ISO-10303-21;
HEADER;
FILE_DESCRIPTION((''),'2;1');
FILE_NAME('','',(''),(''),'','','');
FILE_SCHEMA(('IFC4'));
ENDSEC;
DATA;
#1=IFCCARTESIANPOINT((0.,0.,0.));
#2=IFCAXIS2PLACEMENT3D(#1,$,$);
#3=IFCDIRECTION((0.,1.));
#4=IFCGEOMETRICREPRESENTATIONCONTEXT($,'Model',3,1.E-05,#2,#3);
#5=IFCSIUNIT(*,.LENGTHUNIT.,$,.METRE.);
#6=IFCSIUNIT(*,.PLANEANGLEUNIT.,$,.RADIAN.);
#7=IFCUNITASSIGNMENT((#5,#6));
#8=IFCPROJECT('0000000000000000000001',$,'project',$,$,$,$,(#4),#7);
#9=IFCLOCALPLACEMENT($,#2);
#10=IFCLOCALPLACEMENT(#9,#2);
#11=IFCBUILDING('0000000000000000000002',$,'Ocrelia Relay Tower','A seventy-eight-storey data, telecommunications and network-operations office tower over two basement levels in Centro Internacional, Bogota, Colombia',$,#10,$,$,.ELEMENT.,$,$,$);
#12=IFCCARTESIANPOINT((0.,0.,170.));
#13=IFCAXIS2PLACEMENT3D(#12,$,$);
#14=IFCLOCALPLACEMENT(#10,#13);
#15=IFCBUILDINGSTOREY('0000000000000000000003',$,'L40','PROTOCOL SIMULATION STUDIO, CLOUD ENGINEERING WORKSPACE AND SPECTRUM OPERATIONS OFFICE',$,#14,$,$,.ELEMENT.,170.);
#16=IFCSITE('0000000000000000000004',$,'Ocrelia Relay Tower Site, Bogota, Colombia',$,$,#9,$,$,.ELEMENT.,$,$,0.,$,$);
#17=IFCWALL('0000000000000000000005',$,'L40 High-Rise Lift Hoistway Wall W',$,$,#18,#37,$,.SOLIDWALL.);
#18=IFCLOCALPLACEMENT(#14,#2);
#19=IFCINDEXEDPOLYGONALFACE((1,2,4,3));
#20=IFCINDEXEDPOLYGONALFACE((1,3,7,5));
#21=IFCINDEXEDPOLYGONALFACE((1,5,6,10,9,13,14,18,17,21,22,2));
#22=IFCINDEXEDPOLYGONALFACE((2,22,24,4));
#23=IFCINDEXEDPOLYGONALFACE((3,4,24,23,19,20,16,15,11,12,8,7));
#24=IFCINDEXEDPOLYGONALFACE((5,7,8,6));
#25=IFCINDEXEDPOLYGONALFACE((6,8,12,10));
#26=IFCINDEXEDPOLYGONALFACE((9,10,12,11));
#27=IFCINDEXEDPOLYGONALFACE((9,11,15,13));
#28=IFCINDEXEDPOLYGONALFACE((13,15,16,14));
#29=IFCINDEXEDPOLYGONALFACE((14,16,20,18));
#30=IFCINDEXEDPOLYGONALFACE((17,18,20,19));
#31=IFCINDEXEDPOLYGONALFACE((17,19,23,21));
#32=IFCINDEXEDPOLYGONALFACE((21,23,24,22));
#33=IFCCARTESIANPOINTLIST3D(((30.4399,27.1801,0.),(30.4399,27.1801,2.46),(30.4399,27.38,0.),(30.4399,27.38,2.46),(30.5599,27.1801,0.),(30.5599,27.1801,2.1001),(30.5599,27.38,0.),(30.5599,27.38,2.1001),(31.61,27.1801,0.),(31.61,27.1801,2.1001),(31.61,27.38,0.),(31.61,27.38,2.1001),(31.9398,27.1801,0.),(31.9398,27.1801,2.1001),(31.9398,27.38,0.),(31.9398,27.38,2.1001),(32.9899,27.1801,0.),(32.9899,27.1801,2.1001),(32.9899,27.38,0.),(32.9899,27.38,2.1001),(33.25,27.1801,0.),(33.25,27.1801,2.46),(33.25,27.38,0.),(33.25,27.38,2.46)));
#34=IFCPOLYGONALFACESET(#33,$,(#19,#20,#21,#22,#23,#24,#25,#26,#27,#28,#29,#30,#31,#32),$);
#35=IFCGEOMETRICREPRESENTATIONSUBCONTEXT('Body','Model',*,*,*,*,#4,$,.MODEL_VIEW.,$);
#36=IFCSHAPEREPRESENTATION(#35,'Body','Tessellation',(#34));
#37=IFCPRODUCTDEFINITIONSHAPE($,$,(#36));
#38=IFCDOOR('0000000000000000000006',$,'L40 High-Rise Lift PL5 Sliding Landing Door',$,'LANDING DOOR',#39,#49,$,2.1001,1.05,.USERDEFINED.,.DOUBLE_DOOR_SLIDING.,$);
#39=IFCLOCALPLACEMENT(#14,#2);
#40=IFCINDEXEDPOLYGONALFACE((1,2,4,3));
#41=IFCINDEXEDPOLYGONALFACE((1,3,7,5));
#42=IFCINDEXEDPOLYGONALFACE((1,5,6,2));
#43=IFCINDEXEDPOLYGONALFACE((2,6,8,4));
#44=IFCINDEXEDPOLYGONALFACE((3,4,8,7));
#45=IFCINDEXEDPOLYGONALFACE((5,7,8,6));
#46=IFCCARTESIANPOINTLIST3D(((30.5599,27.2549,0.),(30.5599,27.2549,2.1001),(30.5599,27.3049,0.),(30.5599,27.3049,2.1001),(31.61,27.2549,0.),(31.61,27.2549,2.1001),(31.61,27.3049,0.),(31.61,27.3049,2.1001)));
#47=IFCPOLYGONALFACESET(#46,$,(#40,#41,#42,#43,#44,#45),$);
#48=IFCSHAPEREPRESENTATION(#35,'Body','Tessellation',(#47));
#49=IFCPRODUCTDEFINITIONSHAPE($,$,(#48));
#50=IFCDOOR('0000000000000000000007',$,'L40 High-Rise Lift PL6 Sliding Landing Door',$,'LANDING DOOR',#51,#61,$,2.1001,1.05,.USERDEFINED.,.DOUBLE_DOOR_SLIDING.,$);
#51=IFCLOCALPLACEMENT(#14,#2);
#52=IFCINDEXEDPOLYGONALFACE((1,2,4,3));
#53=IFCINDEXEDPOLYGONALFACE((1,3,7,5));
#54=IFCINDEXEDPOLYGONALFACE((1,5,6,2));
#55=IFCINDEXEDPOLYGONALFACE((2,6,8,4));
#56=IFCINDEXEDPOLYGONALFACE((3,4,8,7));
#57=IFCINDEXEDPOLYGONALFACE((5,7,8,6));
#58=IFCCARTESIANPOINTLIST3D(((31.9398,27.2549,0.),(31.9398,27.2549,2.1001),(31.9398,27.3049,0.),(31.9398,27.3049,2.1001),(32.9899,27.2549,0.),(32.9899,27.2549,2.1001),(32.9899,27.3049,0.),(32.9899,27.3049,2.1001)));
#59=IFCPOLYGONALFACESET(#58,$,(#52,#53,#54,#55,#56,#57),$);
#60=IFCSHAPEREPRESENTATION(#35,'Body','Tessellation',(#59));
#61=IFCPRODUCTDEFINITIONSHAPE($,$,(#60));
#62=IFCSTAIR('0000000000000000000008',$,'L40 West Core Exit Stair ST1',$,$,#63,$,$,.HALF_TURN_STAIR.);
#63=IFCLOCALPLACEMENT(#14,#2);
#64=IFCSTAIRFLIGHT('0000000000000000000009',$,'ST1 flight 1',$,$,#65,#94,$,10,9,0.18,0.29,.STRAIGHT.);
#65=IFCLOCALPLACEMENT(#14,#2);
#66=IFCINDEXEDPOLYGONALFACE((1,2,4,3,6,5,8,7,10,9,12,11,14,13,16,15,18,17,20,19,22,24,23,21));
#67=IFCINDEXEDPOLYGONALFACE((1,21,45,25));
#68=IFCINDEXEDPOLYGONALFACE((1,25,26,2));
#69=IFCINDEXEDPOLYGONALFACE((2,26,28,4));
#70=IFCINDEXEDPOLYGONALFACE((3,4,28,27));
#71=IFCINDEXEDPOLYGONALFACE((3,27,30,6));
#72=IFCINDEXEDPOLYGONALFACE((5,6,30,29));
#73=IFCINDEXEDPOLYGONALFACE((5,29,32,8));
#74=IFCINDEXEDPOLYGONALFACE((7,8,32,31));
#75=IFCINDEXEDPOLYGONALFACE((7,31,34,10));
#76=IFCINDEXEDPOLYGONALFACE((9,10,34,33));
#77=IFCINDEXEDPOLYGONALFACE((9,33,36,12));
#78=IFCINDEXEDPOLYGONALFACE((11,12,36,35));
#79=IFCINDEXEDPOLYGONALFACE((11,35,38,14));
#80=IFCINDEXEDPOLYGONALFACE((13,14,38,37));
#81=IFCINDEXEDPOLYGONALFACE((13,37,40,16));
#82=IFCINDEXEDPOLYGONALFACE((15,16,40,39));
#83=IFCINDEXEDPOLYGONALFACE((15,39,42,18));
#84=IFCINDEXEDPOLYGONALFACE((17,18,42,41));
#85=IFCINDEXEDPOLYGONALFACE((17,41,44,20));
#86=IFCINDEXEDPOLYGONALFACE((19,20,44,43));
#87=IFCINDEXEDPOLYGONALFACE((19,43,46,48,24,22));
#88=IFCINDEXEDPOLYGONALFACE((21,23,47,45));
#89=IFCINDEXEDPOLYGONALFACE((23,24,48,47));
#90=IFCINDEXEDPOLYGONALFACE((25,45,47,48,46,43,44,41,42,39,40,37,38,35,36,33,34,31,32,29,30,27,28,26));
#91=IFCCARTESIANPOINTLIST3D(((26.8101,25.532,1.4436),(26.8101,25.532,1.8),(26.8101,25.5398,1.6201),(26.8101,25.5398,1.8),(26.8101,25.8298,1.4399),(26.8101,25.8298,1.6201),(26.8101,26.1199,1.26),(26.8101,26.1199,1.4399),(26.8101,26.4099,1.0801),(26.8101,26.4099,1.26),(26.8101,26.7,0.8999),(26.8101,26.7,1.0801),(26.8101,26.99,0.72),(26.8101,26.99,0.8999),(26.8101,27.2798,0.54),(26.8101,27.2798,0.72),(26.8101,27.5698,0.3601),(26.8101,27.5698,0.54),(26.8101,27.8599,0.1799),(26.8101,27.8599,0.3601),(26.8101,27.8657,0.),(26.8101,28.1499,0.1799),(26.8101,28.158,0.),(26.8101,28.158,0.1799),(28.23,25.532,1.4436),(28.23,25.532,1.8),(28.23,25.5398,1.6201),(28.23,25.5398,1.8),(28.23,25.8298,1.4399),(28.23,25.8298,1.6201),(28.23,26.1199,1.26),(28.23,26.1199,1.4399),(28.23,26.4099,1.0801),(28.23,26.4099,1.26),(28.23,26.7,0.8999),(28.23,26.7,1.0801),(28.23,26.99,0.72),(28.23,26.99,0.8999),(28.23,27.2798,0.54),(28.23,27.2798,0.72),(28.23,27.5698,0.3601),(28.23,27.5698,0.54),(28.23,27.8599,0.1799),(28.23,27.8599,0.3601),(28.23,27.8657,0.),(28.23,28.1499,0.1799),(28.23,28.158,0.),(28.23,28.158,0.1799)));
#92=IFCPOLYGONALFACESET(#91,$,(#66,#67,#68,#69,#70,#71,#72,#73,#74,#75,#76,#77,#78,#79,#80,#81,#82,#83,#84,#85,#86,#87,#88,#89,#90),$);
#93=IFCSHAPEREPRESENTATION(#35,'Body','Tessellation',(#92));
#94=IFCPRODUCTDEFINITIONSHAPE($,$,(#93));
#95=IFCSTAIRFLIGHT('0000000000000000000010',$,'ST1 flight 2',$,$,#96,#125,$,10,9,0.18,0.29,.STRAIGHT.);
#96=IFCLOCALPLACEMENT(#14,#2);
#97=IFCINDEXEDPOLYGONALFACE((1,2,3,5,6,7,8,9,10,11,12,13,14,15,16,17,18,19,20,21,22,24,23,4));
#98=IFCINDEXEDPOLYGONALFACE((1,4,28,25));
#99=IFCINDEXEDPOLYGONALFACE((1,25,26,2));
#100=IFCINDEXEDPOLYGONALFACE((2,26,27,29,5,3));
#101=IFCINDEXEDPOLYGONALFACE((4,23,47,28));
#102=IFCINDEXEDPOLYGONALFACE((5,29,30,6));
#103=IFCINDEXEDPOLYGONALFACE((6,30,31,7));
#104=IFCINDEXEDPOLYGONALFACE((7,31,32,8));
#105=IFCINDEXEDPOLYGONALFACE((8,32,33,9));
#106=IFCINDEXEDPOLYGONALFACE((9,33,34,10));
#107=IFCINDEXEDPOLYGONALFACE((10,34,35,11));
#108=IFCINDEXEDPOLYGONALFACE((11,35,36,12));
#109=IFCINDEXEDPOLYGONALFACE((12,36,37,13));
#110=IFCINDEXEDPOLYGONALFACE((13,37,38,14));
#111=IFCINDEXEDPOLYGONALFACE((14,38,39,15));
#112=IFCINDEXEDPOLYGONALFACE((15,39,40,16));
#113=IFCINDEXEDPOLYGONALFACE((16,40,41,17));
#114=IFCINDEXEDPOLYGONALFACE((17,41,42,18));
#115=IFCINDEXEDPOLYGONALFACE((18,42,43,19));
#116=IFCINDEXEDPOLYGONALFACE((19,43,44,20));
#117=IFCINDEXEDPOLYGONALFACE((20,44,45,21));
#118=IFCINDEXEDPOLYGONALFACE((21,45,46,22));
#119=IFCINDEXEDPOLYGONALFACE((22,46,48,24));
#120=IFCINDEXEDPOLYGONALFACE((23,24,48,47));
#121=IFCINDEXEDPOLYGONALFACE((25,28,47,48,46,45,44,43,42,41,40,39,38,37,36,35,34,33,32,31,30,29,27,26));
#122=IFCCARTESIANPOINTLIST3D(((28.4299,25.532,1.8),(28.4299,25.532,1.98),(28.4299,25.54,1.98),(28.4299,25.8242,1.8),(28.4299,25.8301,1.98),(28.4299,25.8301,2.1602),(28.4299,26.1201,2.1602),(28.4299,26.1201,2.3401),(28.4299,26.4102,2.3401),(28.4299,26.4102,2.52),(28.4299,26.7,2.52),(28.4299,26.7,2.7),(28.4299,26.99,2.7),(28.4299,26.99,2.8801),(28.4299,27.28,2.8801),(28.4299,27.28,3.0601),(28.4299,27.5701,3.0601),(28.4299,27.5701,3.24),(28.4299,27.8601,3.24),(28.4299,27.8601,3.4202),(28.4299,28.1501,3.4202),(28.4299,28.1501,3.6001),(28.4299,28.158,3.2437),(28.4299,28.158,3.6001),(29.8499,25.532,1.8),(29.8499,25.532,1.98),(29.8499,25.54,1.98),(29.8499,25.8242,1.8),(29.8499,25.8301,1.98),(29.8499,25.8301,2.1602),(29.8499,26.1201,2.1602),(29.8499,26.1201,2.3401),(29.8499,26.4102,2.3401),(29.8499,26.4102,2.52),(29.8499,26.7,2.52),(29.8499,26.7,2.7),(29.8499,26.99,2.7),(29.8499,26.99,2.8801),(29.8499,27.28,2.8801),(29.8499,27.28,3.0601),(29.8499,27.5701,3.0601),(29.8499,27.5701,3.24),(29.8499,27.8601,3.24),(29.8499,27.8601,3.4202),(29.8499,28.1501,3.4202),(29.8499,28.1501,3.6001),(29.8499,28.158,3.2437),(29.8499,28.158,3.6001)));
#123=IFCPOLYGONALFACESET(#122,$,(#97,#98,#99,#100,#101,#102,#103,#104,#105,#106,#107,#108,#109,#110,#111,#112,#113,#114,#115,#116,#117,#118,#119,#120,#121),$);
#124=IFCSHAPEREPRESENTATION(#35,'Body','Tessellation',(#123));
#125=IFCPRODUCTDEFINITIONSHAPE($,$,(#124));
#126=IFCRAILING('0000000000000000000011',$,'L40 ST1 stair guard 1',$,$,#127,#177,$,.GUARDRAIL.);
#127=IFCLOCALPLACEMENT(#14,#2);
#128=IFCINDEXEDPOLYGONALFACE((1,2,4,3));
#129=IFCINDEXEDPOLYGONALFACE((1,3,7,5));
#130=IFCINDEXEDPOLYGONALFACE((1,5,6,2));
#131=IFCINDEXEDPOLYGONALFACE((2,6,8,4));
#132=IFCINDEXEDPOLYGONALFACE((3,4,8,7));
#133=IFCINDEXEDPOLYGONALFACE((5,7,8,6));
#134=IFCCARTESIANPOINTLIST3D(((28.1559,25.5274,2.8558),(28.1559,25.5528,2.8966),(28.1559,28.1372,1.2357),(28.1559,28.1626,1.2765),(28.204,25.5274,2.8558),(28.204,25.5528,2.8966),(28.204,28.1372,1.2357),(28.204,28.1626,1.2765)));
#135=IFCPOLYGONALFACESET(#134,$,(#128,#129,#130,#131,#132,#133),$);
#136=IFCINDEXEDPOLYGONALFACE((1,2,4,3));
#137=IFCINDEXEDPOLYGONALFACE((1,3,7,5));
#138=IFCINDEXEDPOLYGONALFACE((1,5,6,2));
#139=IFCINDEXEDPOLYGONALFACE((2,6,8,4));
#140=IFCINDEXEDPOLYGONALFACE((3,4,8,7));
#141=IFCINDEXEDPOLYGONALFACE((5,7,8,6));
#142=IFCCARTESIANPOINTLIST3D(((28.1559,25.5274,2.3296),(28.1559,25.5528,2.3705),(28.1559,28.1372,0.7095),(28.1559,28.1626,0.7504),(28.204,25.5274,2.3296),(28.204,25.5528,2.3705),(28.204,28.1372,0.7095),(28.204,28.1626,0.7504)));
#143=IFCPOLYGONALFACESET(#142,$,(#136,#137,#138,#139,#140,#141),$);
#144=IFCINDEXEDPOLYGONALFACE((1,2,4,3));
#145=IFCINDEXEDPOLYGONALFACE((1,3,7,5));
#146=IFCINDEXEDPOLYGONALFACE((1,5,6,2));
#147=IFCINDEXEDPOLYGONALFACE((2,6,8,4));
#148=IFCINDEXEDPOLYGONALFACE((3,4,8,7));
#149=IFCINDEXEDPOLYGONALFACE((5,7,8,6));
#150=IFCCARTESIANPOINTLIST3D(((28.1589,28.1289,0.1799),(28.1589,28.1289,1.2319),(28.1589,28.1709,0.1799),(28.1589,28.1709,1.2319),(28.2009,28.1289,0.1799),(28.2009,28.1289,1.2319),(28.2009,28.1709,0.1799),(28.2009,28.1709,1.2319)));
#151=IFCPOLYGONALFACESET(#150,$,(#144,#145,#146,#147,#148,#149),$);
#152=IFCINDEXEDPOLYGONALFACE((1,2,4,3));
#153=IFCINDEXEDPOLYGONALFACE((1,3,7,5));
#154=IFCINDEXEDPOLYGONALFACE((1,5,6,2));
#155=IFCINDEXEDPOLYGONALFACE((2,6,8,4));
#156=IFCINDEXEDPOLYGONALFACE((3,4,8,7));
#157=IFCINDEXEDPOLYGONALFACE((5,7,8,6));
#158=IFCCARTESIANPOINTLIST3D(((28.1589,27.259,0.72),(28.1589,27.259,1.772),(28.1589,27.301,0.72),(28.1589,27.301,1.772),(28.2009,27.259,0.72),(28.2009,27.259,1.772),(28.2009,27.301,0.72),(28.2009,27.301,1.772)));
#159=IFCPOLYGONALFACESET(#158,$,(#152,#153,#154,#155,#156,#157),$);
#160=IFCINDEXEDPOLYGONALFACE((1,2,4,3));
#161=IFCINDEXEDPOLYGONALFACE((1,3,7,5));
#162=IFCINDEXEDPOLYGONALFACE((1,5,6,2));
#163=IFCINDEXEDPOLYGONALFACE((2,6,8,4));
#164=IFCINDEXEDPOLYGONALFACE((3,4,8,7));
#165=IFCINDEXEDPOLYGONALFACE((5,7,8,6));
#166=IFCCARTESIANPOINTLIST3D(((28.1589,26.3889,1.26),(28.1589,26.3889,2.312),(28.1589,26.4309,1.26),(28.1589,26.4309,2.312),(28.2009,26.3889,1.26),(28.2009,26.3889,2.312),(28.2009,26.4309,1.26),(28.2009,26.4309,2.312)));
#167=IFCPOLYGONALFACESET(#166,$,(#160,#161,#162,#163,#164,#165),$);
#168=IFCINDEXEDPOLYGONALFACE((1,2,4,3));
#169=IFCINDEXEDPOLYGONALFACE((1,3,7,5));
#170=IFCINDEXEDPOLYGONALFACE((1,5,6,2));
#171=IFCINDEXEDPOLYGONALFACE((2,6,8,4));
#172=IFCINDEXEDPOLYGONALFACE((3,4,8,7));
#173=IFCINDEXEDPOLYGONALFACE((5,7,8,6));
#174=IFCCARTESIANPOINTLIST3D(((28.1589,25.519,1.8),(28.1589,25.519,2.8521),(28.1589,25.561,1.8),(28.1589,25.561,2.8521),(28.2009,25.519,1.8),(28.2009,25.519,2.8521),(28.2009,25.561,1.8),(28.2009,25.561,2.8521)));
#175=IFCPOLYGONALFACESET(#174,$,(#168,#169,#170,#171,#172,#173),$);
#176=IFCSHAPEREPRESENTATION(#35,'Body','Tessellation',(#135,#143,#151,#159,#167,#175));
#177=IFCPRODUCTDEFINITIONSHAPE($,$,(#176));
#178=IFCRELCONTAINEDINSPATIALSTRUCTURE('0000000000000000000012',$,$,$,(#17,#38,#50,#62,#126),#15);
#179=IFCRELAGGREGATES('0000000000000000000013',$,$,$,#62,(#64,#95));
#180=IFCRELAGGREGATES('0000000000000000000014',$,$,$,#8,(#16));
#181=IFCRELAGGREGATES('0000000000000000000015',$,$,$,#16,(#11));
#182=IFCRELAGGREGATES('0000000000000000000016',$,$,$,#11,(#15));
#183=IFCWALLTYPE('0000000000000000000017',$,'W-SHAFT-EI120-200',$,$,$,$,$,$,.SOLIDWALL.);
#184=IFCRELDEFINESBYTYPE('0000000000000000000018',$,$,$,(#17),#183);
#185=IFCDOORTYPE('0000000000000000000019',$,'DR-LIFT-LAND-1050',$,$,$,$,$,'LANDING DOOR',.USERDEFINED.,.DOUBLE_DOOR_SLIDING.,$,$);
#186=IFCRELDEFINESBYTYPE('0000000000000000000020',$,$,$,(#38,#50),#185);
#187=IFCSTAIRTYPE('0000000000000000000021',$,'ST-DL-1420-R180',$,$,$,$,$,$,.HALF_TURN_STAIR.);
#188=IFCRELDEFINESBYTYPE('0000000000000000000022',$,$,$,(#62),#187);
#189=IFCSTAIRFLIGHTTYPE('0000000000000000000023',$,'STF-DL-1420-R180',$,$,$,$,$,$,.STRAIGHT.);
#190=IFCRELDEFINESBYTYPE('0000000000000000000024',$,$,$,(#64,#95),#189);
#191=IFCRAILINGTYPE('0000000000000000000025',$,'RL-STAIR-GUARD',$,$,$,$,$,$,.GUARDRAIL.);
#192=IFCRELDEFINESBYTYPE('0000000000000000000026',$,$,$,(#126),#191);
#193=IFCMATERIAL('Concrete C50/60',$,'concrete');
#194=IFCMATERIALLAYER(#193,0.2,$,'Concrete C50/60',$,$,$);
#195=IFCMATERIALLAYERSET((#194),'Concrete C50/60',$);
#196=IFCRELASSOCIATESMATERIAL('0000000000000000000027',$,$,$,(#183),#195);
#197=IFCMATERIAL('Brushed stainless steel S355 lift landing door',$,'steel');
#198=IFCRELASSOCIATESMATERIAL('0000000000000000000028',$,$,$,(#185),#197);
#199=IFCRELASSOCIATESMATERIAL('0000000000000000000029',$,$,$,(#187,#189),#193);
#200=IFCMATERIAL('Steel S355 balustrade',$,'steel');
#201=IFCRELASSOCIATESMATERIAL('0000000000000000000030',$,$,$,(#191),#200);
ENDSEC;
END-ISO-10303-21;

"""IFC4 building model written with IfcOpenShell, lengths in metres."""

from ifc_helpers import new_model, si_unit, direction, frame, frame_2d, origin, origin_2d, place, context, subcontext, project, spatial, polyline, rectangle, outline, extrude, material, layer, layer_set, type_object, element, fill, aggregate, save


model = new_model("IFC4")

# Units and contexts
model_context = context("Model", 3, precision=1e-05, world=origin(), true_north=direction((0.0, 1.0)))
body_context = subcontext(model_context, "Body", "Model", "MODEL_VIEW")
ifc_project = project(units=[si_unit("LENGTHUNIT", "METRE"), si_unit("PLANEANGLEUNIT", "RADIAN")], contexts=[model_context])

# Site, building, storey
site_placement = place(None, origin())
site = spatial("IfcSite", under=ifc_project, at=site_placement, Name="Ocrelia Relay Tower Site, Bogota, Colombia", CompositionType="ELEMENT", RefElevation=0.0)
building_placement = place(site_placement, origin())
building = spatial("IfcBuilding", under=site, at=building_placement, Name="Ocrelia Relay Tower", Description="A seventy-eight-storey data, telecommunications and network-operations office tower over two basement levels in Centro Internacional, Bogota, Colombia", CompositionType="ELEMENT")
storey_placement = place(building_placement, frame((0.0, 0.0, 170.0)))
storey = spatial("IfcBuildingStorey", under=building, at=storey_placement, Name="L40", Description="PROTOCOL SIMULATION STUDIO, CLOUD ENGINEERING WORKSPACE AND SPECTRUM OPERATIONS OFFICE", CompositionType="ELEMENT", Elevation=170.0)

# Wall, openings, doors
ifc_material_1 = material(Name="Concrete C50/60", Category="concrete")
ifc_layer_1 = layer(ifc_material_1, 0.2, Name="Concrete C50/60")
ifc_layer_set_1 = layer_set([ifc_layer_1], Name="Concrete C50/60")
wall_type_1 = type_object("IfcWallType", Name="W-SHAFT-EI120-200", PredefinedType="SOLIDWALL", material=ifc_layer_set_1)
wall_1_placement = place(storey_placement, frame((30.4399, 27.28, 0.0), z_axis=(0.0, 0.0, 1.0), x_axis=(1.0, 0.0, 0.0)))
wall_1 = element("IfcWall", 1, at=wall_1_placement, inside=storey, type_object=wall_type_1, Name="L40 High-Rise Lift Hoistway Wall W", PredefinedType="SOLIDWALL", context=body_context, shape_type="SweptSolid", body=[
    extrude(rectangle(XDim=2.8101, YDim=0.2, at=frame_2d((1.405, 0.0))), origin(), (0.0, 0.0, 1.0), 2.46),
])
opening_1_placement = place(wall_1_placement, frame((0.1201, 0.0, 0.0)))
opening_1 = element("IfcOpeningElement", 2, at=opening_1_placement, cuts=wall_1, PredefinedType="OPENING", context=body_context, shape_type="SweptSolid", body=[
    extrude(rectangle(XDim=1.05, YDim=2.1001, at=frame_2d((0.5249, 1.05))), frame((0.0, 0.1099, 0.0), z_axis=(0.0, -1.0, 0.0), x_axis=(1.0, 0.0, 0.0)), (0.0, 0.0, 1.0), 0.22),
])
opening_2_placement = place(wall_1_placement, frame((1.5, 0.0, 0.0)))
opening_2 = element("IfcOpeningElement", 3, at=opening_2_placement, cuts=wall_1, PredefinedType="OPENING", context=body_context, shape_type="SweptSolid", body=[
    extrude(rectangle(XDim=1.05, YDim=2.1001, at=frame_2d((0.5249, 1.05))), frame((0.0, 0.1099, 0.0), z_axis=(0.0, -1.0, 0.0), x_axis=(1.0, 0.0, 0.0)), (0.0, 0.0, 1.0), 0.22),
])
ifc_material_2 = material(Name="Brushed stainless steel S355 lift landing door", Category="steel")
door_type_1 = type_object("IfcDoorType", Name="DR-LIFT-LAND-1050", ElementType="LANDING DOOR", OperationType="DOUBLE_DOOR_SLIDING", PredefinedType="USERDEFINED", material=ifc_material_2)
door_1_placement = place(opening_1_placement, origin())
door_1 = element("IfcDoor", 4, at=door_1_placement, inside=storey, type_object=door_type_1, Name="L40 High-Rise Lift PL5 Sliding Landing Door", ObjectType="LANDING DOOR", OperationType="DOUBLE_DOOR_SLIDING", OverallHeight=2.1001, OverallWidth=1.05, PredefinedType="USERDEFINED", context=body_context, shape_type="SweptSolid", body=[
    extrude(rectangle(XDim=1.05, YDim=2.1001, at=frame_2d((0.5249, 1.05))), frame((0.0, 0.0249, 0.0), z_axis=(0.0, -1.0, 0.0), x_axis=(1.0, 0.0, 0.0)), (0.0, 0.0, 1.0), 0.05),
])
fill(opening_1, door_1)
door_2_placement = place(opening_2_placement, origin())
door_2 = element("IfcDoor", 5, at=door_2_placement, inside=storey, type_object=door_type_1, Name="L40 High-Rise Lift PL6 Sliding Landing Door", ObjectType="LANDING DOOR", OperationType="DOUBLE_DOOR_SLIDING", OverallHeight=2.1001, OverallWidth=1.05, PredefinedType="USERDEFINED", context=body_context, shape_type="SweptSolid", body=[
    extrude(rectangle(XDim=1.05, YDim=2.1001, at=frame_2d((0.5249, 1.05))), frame((0.0, 0.0249, 0.0), z_axis=(0.0, -1.0, 0.0), x_axis=(1.0, 0.0, 0.0)), (0.0, 0.0, 1.0), 0.05),
])
fill(opening_2, door_2)

# Stair, stair flights
stair_type = type_object("IfcStairType", Name="ST-DL-1420-R180", PredefinedType="HALF_TURN_STAIR", material=ifc_material_1)
stair_placement = place(storey_placement, origin())
stair = element("IfcStair", 6, at=stair_placement, inside=storey, type_object=stair_type, Name="L40 West Core Exit Stair ST1", PredefinedType="HALF_TURN_STAIR")
stair_flight_type = type_object("IfcStairFlightType", Name="STF-DL-1420-R180", PredefinedType="STRAIGHT", material=ifc_material_1)
stair_flight_1_placement = place(storey_placement, frame((27.52, 28.1499, 0.0), z_axis=(0.0, 0.0, 1.0), x_axis=(0.0, -1.0, 0.0)))
stair_flight_1 = element("IfcStairFlight", 7, at=stair_flight_1_placement, type_object=stair_flight_type, Name="ST1 flight 1", NumberOfRisers=10, NumberOfTreads=9, PredefinedType="STRAIGHT", RiserHeight=0.18, TreadLength=0.29, context=body_context, shape_type="SweptSolid", body=[
    extrude(outline(polyline([(-0.0081, 0.0), (-0.0081, 0.1799), (0.0, 0.1799), (0.29, 0.1799), (0.29, 0.3601), (0.5801, 0.3601), (0.5801, 0.54), (0.8701, 0.54), (0.8701, 0.72), (1.1599, 0.72), (1.1599, 0.8999), (1.45, 0.8999), (1.45, 1.0801), (1.74, 1.0801), (1.74, 1.26), (2.03, 1.26), (2.03, 1.4399), (2.3201, 1.4399), (2.3201, 1.6201), (2.6101, 1.6201), (2.6101, 1.8), (2.6179, 1.8), (2.6179, 1.4436), (0.2842, 0.0), (-0.0081, 0.0)])), frame((0.0, 0.71, 0.0), z_axis=(0.0, -1.0, 0.0), x_axis=(1.0, 0.0, 0.0)), (0.0, 0.0, 1.0), 1.4199),
])
stair_flight_2_placement = place(storey_placement, frame((29.1399, 25.54, 1.8), z_axis=(0.0, 0.0, 1.0), x_axis=(0.0, 1.0, 0.0)))
stair_flight_2 = element("IfcStairFlight", 8, at=stair_flight_2_placement, type_object=stair_flight_type, Name="ST1 flight 2", NumberOfRisers=10, NumberOfTreads=9, PredefinedType="STRAIGHT", RiserHeight=0.18, TreadLength=0.29, context=body_context, shape_type="SweptSolid", body=[
    extrude(outline(polyline([(-0.0081, 0.0), (-0.0081, 0.1799), (0.0, 0.1799), (0.29, 0.1799), (0.29, 0.3601), (0.5801, 0.3601), (0.5801, 0.54), (0.8701, 0.54), (0.8701, 0.72), (1.1599, 0.72), (1.1599, 0.8999), (1.45, 0.8999), (1.45, 1.0801), (1.74, 1.0801), (1.74, 1.26), (2.03, 1.26), (2.03, 1.4399), (2.3201, 1.4399), (2.3201, 1.6201), (2.6101, 1.6201), (2.6101, 1.8), (2.6179, 1.8), (2.6179, 1.4436), (0.2842, 0.0), (-0.0081, 0.0)])), frame((0.0, 0.71, 0.0), z_axis=(0.0, -1.0, 0.0), x_axis=(1.0, 0.0, 0.0)), (0.0, 0.0, 1.0), 1.4199),
])
aggregate(stair, [stair_flight_1, stair_flight_2])

# Railing
ifc_material_3 = material(Name="Steel S355 balustrade", Category="steel")
railing_type_1 = type_object("IfcRailingType", Name="RL-STAIR-GUARD", PredefinedType="GUARDRAIL", material=ifc_material_3)
railing_1_placement = place(storey_placement, frame((28.1799, 28.1499, 0.1799)))
element("IfcRailing", 9, at=railing_1_placement, inside=storey, type_object=railing_type_1, Name="L40 ST1 stair guard 1", PredefinedType="GUARDRAIL", context=body_context, shape_type="SweptSolid", body=[
    extrude(rectangle(XDim=0.0481, YDim=0.0481, at=origin_2d()), frame((0.0, 0.0, 1.0762), z_axis=(0.0, -0.849611, 0.52741), x_axis=(1.0, 0.0, 0.0)), (0.0, 0.0, 1.0), 3.0718),
    extrude(rectangle(XDim=0.0481, YDim=0.0481, at=origin_2d()), frame((0.0, 0.0, 0.55), z_axis=(0.0, -0.849611, 0.52741), x_axis=(1.0, 0.0, 0.0)), (0.0, 0.0, 1.0), 3.0718),
    extrude(rectangle(XDim=0.042, YDim=0.042, at=origin_2d()), origin(), (0.0, 0.0, 1.0), 1.052),
    extrude(rectangle(XDim=0.042, YDim=0.042, at=origin_2d()), frame((0.0, -0.8699, 0.54)), (0.0, 0.0, 1.0), 1.052),
    extrude(rectangle(XDim=0.042, YDim=0.042, at=origin_2d()), frame((0.0, -1.74, 1.0801)), (0.0, 0.0, 1.0), 1.052),
    extrude(rectangle(XDim=0.042, YDim=0.042, at=origin_2d()), frame((0.0, -2.6099, 1.6201)), (0.0, 0.0, 1.0), 1.052),
])

save(model, "model.ifc")
